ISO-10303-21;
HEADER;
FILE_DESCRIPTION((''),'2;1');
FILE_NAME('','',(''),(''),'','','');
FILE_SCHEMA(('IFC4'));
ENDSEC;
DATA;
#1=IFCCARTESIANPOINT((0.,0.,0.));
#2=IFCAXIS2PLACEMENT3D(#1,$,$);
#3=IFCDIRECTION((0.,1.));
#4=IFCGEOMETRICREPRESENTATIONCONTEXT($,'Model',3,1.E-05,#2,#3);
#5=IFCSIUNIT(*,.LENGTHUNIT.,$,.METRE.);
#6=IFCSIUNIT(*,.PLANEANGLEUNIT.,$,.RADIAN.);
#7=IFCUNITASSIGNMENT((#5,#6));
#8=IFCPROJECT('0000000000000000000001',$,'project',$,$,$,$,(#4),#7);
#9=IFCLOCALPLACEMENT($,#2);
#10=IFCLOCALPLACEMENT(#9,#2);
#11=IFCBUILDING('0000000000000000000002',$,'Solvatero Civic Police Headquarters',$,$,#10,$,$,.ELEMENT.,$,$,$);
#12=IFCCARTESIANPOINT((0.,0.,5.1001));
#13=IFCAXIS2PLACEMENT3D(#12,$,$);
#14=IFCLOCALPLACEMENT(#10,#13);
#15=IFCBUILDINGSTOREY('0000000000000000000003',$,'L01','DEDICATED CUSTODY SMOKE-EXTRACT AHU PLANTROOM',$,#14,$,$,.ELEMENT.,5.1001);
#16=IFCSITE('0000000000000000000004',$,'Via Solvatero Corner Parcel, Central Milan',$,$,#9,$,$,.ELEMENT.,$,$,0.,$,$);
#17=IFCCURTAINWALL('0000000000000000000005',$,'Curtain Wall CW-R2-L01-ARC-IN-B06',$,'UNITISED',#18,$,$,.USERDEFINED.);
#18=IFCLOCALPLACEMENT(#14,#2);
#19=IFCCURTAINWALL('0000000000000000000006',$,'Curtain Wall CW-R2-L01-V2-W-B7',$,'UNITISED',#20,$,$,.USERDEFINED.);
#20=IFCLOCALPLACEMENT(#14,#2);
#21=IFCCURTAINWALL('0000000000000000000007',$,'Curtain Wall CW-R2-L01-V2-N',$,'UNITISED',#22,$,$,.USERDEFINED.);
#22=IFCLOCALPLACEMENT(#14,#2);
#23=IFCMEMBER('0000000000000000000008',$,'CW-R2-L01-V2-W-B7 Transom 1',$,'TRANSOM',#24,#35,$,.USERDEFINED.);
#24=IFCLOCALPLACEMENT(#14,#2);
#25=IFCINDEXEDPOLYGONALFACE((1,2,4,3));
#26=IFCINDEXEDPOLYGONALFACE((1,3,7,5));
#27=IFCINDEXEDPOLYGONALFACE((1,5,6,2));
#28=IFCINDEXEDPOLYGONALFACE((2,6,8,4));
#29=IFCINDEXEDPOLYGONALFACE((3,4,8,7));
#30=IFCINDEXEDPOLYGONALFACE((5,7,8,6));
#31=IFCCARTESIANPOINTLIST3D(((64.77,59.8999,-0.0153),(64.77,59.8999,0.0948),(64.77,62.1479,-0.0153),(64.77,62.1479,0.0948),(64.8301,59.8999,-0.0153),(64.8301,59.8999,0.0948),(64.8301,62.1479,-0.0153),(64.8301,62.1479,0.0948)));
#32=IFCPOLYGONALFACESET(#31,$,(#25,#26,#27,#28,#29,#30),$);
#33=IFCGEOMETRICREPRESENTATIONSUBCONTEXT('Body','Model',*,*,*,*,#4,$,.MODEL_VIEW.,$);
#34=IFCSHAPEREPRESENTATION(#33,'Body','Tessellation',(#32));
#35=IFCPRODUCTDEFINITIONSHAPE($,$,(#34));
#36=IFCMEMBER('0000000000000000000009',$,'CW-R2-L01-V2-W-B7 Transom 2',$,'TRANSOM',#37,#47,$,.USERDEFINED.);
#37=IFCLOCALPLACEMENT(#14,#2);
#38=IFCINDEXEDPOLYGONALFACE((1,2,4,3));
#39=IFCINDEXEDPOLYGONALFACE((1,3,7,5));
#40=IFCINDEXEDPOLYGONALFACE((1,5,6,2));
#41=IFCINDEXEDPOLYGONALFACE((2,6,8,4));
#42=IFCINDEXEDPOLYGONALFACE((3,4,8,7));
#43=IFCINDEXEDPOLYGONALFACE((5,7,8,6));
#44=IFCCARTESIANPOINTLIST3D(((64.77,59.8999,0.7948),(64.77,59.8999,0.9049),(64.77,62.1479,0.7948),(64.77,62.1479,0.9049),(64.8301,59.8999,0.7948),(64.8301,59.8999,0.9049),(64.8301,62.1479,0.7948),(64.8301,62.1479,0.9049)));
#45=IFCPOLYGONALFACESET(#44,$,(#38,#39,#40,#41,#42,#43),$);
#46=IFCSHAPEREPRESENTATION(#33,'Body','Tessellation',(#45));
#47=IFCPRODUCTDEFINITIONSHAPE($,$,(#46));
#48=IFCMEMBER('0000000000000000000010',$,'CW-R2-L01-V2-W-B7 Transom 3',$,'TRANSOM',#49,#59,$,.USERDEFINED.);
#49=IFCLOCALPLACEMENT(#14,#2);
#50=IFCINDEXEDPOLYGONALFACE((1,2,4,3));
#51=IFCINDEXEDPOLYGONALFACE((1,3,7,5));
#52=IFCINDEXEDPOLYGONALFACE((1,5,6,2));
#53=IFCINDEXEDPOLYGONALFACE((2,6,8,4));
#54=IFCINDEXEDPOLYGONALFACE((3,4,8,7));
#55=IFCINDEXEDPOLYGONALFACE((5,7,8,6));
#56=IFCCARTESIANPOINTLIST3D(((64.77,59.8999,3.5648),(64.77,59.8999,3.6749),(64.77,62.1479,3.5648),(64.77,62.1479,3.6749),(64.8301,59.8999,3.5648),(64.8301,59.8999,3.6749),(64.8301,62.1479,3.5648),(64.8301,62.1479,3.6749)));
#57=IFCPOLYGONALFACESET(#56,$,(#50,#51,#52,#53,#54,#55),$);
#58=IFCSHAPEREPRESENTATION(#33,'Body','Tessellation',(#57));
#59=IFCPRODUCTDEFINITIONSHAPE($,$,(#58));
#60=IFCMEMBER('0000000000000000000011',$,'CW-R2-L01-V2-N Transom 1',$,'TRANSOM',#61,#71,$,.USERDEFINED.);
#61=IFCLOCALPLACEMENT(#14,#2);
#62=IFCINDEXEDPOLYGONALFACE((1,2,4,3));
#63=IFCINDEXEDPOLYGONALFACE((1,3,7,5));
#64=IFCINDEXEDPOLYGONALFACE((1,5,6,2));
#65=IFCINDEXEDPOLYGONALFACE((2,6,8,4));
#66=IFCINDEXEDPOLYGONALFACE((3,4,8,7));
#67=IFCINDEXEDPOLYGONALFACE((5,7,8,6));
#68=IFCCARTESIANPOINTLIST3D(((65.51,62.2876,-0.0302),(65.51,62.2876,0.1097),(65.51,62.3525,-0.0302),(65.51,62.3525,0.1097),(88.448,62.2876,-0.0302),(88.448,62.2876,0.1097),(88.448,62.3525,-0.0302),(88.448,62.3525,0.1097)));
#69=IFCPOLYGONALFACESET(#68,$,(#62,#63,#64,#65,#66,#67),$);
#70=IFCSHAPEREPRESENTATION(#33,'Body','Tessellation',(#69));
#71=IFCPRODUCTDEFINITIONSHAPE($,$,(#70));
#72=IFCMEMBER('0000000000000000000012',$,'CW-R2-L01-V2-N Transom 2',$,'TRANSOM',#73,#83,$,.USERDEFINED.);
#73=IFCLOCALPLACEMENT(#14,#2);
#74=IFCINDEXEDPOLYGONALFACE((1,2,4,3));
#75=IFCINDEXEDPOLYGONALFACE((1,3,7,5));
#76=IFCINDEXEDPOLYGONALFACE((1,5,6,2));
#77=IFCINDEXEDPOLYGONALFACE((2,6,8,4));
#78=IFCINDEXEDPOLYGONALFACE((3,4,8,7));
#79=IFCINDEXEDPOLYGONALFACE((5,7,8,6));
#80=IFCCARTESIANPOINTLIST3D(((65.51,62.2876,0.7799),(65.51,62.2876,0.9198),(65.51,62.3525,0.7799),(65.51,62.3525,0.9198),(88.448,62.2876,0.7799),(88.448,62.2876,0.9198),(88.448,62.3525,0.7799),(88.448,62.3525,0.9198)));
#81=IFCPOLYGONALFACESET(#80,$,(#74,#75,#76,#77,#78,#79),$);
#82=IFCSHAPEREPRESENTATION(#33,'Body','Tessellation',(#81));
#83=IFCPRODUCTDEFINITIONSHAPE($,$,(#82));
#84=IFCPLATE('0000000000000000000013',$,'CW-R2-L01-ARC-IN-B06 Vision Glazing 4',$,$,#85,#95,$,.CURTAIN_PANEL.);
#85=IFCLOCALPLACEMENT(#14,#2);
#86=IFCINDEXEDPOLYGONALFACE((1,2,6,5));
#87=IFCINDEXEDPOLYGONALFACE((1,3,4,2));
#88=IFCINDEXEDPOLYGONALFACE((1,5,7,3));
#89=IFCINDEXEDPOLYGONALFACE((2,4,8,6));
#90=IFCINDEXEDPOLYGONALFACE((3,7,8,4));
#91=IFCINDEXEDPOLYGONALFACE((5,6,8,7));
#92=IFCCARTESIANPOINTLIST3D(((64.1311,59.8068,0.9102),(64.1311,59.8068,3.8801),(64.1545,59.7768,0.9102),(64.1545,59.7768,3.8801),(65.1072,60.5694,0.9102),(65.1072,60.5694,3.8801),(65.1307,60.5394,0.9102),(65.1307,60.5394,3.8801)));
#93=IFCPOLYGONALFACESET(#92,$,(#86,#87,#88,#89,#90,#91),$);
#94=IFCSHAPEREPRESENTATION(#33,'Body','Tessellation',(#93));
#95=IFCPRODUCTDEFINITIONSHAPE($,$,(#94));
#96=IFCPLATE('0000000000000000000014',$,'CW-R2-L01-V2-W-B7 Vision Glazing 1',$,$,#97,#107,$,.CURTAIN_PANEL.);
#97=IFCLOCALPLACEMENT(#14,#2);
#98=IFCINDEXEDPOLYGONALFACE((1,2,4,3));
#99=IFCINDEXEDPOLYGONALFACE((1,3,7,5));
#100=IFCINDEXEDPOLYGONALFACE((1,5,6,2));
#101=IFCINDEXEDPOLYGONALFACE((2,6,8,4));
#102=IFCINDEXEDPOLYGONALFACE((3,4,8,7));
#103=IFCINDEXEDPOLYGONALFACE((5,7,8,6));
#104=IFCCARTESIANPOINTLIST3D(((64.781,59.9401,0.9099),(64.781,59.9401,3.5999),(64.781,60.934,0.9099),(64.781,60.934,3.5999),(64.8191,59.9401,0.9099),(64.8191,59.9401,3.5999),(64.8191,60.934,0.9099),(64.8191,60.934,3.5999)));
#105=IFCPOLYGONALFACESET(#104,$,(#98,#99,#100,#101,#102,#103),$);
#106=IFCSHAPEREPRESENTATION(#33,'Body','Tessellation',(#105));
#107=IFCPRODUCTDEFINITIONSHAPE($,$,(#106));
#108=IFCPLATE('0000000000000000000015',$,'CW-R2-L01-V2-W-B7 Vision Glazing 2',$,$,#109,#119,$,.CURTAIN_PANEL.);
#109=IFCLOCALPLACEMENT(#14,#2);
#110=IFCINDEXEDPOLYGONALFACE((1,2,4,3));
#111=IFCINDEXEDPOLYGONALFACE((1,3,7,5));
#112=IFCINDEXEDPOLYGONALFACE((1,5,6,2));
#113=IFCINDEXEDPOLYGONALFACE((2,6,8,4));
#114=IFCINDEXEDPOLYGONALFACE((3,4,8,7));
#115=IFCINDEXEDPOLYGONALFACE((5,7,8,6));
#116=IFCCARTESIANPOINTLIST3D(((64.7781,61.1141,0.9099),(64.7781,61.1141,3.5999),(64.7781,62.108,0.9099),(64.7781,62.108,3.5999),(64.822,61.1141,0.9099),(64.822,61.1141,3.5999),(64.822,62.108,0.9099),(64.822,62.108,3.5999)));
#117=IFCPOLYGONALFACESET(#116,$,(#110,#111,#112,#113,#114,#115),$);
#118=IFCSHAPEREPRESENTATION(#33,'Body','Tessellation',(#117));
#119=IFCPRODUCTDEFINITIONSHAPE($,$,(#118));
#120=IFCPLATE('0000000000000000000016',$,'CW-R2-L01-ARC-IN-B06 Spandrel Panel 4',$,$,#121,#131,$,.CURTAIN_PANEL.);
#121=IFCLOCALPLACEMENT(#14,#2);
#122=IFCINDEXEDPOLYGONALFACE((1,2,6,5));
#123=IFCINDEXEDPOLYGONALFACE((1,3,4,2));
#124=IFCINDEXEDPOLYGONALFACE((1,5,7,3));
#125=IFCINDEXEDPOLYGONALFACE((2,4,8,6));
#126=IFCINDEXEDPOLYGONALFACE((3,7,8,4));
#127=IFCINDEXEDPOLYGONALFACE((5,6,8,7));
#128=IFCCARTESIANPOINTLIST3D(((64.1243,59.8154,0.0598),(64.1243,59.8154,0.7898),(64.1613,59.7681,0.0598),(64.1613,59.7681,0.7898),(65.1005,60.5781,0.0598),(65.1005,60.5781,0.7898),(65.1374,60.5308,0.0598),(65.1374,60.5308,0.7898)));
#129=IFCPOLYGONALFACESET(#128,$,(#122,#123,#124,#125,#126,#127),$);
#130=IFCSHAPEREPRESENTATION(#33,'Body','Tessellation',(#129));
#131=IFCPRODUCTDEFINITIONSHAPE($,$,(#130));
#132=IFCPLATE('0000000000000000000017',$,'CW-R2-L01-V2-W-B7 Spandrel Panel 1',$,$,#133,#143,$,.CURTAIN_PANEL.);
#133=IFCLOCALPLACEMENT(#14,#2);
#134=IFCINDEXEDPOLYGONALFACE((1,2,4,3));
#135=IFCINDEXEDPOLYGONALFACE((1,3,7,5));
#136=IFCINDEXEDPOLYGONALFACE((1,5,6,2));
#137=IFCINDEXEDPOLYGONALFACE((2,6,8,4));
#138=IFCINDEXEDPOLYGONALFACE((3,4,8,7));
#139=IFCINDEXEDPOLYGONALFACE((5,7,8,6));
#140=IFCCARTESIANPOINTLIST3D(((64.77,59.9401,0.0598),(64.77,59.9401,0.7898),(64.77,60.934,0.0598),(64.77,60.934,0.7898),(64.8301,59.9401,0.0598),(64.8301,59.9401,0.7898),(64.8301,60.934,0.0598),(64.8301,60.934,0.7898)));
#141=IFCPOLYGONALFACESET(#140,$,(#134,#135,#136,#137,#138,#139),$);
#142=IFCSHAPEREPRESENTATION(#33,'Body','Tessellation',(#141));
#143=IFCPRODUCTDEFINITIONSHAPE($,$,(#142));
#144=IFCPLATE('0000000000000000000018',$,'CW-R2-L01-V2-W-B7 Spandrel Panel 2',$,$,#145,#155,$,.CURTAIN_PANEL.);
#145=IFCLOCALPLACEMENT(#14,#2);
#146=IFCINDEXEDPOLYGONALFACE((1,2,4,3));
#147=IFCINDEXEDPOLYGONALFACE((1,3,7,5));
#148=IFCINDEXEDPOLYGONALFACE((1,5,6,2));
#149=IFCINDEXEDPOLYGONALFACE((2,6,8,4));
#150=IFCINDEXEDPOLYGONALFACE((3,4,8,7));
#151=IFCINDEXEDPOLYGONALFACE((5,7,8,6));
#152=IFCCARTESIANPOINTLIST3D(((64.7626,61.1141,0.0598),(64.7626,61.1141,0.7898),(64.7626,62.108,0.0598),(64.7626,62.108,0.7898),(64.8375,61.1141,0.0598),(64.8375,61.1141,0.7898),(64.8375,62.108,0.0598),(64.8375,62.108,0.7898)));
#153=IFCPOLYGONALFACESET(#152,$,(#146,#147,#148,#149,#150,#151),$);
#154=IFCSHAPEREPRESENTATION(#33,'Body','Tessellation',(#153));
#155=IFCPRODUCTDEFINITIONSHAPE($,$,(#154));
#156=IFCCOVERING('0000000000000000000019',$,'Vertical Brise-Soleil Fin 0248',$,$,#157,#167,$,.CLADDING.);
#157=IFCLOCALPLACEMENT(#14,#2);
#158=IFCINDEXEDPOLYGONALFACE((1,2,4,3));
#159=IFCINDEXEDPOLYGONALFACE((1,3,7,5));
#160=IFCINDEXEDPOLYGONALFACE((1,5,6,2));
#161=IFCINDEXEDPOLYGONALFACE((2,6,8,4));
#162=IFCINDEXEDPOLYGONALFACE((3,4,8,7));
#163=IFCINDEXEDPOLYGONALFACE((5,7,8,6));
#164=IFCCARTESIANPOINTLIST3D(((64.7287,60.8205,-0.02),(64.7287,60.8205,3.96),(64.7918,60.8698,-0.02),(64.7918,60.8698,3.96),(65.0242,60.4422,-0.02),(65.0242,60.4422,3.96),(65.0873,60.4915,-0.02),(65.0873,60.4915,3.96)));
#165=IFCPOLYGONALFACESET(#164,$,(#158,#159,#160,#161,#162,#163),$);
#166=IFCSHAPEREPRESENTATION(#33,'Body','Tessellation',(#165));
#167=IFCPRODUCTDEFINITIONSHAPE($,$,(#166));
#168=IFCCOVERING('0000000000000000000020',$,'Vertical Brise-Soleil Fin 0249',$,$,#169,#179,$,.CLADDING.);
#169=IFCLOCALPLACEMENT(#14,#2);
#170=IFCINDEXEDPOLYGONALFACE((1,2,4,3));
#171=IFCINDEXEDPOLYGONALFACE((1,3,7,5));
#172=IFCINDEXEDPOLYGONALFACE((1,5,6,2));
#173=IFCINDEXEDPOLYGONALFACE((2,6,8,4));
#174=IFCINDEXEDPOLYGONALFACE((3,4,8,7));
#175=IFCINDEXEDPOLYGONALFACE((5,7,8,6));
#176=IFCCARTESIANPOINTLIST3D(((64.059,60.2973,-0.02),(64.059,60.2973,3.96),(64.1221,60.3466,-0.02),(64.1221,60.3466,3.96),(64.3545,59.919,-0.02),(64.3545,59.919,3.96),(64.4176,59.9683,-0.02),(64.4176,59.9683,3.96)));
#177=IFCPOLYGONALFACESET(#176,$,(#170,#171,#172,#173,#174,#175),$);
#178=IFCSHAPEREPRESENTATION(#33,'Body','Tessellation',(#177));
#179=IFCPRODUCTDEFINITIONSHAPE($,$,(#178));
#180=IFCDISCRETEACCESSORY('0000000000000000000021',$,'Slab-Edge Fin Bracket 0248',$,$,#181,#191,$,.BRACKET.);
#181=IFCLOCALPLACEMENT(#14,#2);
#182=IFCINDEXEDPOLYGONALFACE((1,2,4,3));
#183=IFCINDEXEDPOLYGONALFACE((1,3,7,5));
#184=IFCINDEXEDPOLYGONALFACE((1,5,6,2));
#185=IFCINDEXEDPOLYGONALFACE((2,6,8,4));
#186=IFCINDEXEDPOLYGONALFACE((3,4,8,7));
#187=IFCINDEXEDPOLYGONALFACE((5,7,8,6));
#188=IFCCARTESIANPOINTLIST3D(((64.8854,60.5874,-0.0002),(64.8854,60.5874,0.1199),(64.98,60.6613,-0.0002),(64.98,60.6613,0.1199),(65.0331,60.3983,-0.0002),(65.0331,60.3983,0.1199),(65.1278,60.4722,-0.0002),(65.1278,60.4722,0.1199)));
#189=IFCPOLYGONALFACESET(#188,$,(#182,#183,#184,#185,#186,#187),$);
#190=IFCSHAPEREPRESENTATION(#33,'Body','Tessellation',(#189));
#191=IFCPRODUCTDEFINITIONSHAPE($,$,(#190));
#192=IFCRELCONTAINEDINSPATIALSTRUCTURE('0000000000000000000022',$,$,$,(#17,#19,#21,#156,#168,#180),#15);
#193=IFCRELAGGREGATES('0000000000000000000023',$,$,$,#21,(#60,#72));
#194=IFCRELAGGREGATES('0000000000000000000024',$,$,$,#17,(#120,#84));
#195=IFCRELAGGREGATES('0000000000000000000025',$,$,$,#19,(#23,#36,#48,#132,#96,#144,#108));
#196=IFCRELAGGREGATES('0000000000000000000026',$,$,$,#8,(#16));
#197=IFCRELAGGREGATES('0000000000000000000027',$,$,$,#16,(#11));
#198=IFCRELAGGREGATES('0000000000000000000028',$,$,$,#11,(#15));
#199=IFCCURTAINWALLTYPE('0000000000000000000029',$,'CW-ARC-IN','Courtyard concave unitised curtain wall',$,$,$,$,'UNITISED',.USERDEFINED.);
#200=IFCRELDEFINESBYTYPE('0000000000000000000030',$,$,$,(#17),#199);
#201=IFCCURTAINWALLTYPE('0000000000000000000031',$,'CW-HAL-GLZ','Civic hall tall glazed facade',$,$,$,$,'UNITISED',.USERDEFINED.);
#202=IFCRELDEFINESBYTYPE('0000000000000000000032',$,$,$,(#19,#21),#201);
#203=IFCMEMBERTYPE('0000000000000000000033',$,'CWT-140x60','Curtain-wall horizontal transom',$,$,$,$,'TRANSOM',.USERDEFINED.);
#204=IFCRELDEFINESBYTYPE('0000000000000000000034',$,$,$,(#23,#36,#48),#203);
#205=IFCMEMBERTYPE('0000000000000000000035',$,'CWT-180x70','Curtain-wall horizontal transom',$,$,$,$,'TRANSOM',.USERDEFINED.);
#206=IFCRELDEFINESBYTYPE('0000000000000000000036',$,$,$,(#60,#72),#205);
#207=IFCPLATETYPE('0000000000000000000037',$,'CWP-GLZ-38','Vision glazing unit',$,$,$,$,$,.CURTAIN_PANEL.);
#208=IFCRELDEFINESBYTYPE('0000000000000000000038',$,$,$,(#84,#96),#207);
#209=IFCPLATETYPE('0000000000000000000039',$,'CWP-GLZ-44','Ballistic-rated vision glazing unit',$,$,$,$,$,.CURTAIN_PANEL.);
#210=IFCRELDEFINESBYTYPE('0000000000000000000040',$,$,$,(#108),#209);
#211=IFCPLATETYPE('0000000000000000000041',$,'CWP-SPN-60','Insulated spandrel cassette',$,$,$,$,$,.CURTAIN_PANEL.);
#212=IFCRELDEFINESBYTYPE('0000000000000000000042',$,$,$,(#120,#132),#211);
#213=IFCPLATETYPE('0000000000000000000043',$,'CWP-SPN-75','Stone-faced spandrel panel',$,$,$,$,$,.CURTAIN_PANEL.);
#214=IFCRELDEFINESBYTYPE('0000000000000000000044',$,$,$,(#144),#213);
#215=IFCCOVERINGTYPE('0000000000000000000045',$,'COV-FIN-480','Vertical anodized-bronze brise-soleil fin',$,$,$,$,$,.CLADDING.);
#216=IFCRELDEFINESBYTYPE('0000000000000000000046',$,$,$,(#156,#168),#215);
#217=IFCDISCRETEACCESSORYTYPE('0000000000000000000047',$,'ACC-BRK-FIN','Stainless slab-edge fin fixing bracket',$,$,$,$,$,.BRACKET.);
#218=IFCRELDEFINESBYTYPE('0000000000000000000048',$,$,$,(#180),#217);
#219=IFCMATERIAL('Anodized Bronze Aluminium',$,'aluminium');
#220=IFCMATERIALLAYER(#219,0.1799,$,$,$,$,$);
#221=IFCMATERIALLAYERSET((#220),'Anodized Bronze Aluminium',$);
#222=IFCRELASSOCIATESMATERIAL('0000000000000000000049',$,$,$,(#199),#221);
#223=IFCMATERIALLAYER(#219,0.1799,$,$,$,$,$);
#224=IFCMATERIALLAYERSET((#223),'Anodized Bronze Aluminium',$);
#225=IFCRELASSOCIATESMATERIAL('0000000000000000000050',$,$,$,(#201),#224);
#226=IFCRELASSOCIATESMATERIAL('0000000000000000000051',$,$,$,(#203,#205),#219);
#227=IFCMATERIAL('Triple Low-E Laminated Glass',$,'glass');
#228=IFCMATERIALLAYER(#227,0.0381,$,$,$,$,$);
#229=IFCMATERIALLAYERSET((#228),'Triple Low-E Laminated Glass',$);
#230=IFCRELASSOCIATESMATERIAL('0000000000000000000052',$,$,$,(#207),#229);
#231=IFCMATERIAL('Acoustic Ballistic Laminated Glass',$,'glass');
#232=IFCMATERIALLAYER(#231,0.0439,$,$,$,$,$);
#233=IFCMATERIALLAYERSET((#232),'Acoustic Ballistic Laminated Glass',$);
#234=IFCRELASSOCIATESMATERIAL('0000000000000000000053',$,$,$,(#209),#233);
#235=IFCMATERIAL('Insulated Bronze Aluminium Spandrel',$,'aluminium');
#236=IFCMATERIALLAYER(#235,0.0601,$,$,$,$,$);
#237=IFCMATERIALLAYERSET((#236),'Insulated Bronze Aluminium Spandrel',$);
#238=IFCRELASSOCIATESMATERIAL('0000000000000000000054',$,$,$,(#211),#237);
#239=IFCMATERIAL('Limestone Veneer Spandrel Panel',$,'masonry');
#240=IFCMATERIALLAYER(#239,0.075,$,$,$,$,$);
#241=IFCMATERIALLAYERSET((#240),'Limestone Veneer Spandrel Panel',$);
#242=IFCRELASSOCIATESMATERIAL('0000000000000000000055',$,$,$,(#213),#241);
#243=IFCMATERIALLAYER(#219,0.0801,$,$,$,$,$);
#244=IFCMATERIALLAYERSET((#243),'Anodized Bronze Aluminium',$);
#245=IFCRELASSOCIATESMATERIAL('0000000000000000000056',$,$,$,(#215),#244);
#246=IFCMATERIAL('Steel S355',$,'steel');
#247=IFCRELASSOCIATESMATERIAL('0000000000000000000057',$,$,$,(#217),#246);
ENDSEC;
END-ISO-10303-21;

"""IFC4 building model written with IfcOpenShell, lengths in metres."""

from ifc_helpers import new_model, si_unit, direction, frame, origin, origin_2d, place, context, subcontext, project, spatial, rectangle, extrude, material, layer, layer_set, material_profile, profile_set, type_object, element, aggregate, save


model = new_model("IFC4")

# Units and contexts
model_context = context("Model", 3, precision=1e-05, world=origin(), true_north=direction((0.0, 1.0)))
body_context = subcontext(model_context, "Body", "Model", "MODEL_VIEW")
ifc_project = project(units=[si_unit("LENGTHUNIT", "METRE"), si_unit("PLANEANGLEUNIT", "RADIAN")], contexts=[model_context])

# Site, building, storey
site_placement = place(None, origin())
site = spatial("IfcSite", under=ifc_project, at=site_placement, Name="Via Solvatero Corner Parcel, Central Milan", CompositionType="ELEMENT", RefElevation=0.0)
building_placement = place(site_placement, origin())
building = spatial("IfcBuilding", under=site, at=building_placement, Name="Solvatero Civic Police Headquarters", CompositionType="ELEMENT")
storey_placement = place(building_placement, frame((0.0, 0.0, 5.1001)))
storey = spatial("IfcBuildingStorey", under=building, at=storey_placement, Name="L01", Description="DEDICATED CUSTODY SMOKE-EXTRACT AHU PLANTROOM", CompositionType="ELEMENT", Elevation=5.1001)

# Shared definitions
ifc_material_1 = material(Name="Steel S355", Category="steel")

# Curtain walls
ifc_material_2 = material(Name="Anodized Bronze Aluminium", Category="aluminium")
ifc_layer_1 = layer(ifc_material_2, 0.1799)
ifc_layer_set_1 = layer_set([ifc_layer_1], Name="Anodized Bronze Aluminium")
curtain_wall_type_1 = type_object("IfcCurtainWallType", Name="CW-ARC-IN", Description="Courtyard concave unitised curtain wall", ElementType="UNITISED", PredefinedType="USERDEFINED", material=ifc_layer_set_1)
curtain_wall_1_placement = place(storey_placement, origin())
curtain_wall_1 = element("IfcCurtainWall", 1, at=curtain_wall_1_placement, inside=storey, type_object=curtain_wall_type_1, Name="Curtain Wall CW-R2-L01-ARC-IN-B06", ObjectType="UNITISED", PredefinedType="USERDEFINED")
ifc_layer_2 = layer(ifc_material_2, 0.1799)
ifc_layer_set_2 = layer_set([ifc_layer_2], Name="Anodized Bronze Aluminium")
curtain_wall_type_2 = type_object("IfcCurtainWallType", Name="CW-HAL-GLZ", Description="Civic hall tall glazed facade", ElementType="UNITISED", PredefinedType="USERDEFINED", material=ifc_layer_set_2)
curtain_wall_2_placement = place(storey_placement, origin())
curtain_wall_2 = element("IfcCurtainWall", 2, at=curtain_wall_2_placement, inside=storey, type_object=curtain_wall_type_2, Name="Curtain Wall CW-R2-L01-V2-W-B7", ObjectType="UNITISED", PredefinedType="USERDEFINED")

# Curtain wall
curtain_wall_3_placement = place(storey_placement, origin())
curtain_wall_3 = element("IfcCurtainWall", 3, at=curtain_wall_3_placement, inside=storey, type_object=curtain_wall_type_2, Name="Curtain Wall CW-R2-L01-V2-N", ObjectType="UNITISED", PredefinedType="USERDEFINED")

# Members
ifc_material_profile_1 = material_profile(ifc_material_2, rectangle(XDim=0.0601, YDim=0.1101, at=origin_2d()), Name="ALU TRANSOM 60x110")
ifc_profile_set_1 = profile_set([ifc_material_profile_1], Name="Anodized Bronze Aluminium")
member_type_1 = type_object("IfcMemberType", Name="CWT-140x60", Description="Curtain-wall horizontal transom", ElementType="TRANSOM", PredefinedType="USERDEFINED", material=ifc_profile_set_1)
member_1_placement = place(storey_placement, frame((64.8, 59.8999, 0.0398), z_axis=(0.0, 1.0, 0.0), x_axis=(-1.0, 0.0, 0.0)))
member_1 = element("IfcMember", 4, at=member_1_placement, type_object=member_type_1, Name="CW-R2-L01-V2-W-B7 Transom 1", ObjectType="TRANSOM", PredefinedType="USERDEFINED", context=body_context, shape_type="SweptSolid", body=[
    extrude(rectangle(XDim=0.0601, YDim=0.1101, at=origin_2d()), origin(), (0.0, 0.0, 1.0), 2.248),
])
member_2_placement = place(storey_placement, frame((64.8, 59.8999, 0.8499), z_axis=(0.0, 1.0, 0.0), x_axis=(-1.0, 0.0, 0.0)))
member_2 = element("IfcMember", 5, at=member_2_placement, type_object=member_type_1, Name="CW-R2-L01-V2-W-B7 Transom 2", ObjectType="TRANSOM", PredefinedType="USERDEFINED", context=body_context, shape_type="SweptSolid", body=[
    extrude(rectangle(XDim=0.0601, YDim=0.1101, at=origin_2d()), origin(), (0.0, 0.0, 1.0), 2.248),
])
member_3_placement = place(storey_placement, frame((64.8, 59.8999, 3.6199), z_axis=(0.0, 1.0, 0.0), x_axis=(-1.0, 0.0, 0.0)))
member_3 = element("IfcMember", 6, at=member_3_placement, type_object=member_type_1, Name="CW-R2-L01-V2-W-B7 Transom 3", ObjectType="TRANSOM", PredefinedType="USERDEFINED", context=body_context, shape_type="SweptSolid", body=[
    extrude(rectangle(XDim=0.0601, YDim=0.1101, at=origin_2d()), origin(), (0.0, 0.0, 1.0), 2.248),
])
ifc_material_profile_2 = material_profile(ifc_material_2, rectangle(XDim=0.0649, YDim=0.1399, at=origin_2d()), Name="ALU TRANSOM 65x140")
ifc_profile_set_2 = profile_set([ifc_material_profile_2], Name="Anodized Bronze Aluminium")
member_type_2 = type_object("IfcMemberType", Name="CWT-180x70", Description="Curtain-wall horizontal transom", ElementType="TRANSOM", PredefinedType="USERDEFINED", material=ifc_profile_set_2)
member_4_placement = place(storey_placement, frame((65.51, 62.3201, 0.0398), z_axis=(1.0, 0.0, 0.0), x_axis=(0.0, 1.0, 0.0)))
member_4 = element("IfcMember", 7, at=member_4_placement, type_object=member_type_2, Name="CW-R2-L01-V2-N Transom 1", ObjectType="TRANSOM", PredefinedType="USERDEFINED", context=body_context, shape_type="SweptSolid", body=[
    extrude(rectangle(XDim=0.0649, YDim=0.1399, at=origin_2d()), origin(), (0.0, 0.0, 1.0), 22.938),
])
member_5_placement = place(storey_placement, frame((65.51, 62.3201, 0.8499), z_axis=(1.0, 0.0, 0.0), x_axis=(0.0, 1.0, 0.0)))
member_5 = element("IfcMember", 8, at=member_5_placement, type_object=member_type_2, Name="CW-R2-L01-V2-N Transom 2", ObjectType="TRANSOM", PredefinedType="USERDEFINED", context=body_context, shape_type="SweptSolid", body=[
    extrude(rectangle(XDim=0.0649, YDim=0.1399, at=origin_2d()), origin(), (0.0, 0.0, 1.0), 22.938),
])
aggregate(curtain_wall_3, [member_4, member_5])

# Plates
ifc_material_3 = material(Name="Triple Low-E Laminated Glass", Category="glass")
ifc_layer_3 = layer(ifc_material_3, 0.0381)
ifc_layer_set_3 = layer_set([ifc_layer_3], Name="Triple Low-E Laminated Glass")
plate_type_1 = type_object("IfcPlateType", Name="CWP-GLZ-38", Description="Vision glazing unit", PredefinedType="CURTAIN_PANEL", material=ifc_layer_set_3)
plate_1_placement = place(storey_placement, frame((64.6309, 60.1731, 0.9102), z_axis=(0.0, 0.0, 1.0), x_axis=(-0.788011, -0.615661, 0.0)))
plate_1 = element("IfcPlate", 9, at=plate_1_placement, type_object=plate_type_1, Name="CW-R2-L01-ARC-IN-B06 Vision Glazing 4", PredefinedType="CURTAIN_PANEL", context=body_context, shape_type="SweptSolid", body=[
    extrude(rectangle(XDim=1.2388, YDim=0.0381, at=origin_2d()), origin(), (0.0, 0.0, 1.0), 2.97),
])
plate_2_placement = place(storey_placement, frame((64.8, 60.437, 0.9099), z_axis=(0.0, 0.0, 1.0), x_axis=(0.0, 1.0, 0.0)))
plate_2 = element("IfcPlate", 10, at=plate_2_placement, type_object=plate_type_1, Name="CW-R2-L01-V2-W-B7 Vision Glazing 1", PredefinedType="CURTAIN_PANEL", context=body_context, shape_type="SweptSolid", body=[
    extrude(rectangle(XDim=0.9939, YDim=0.0381, at=origin_2d()), origin(), (0.0, 0.0, 1.0), 2.6899),
])
ifc_material_4 = material(Name="Acoustic Ballistic Laminated Glass", Category="glass")
ifc_layer_4 = layer(ifc_material_4, 0.0439)
ifc_layer_set_4 = layer_set([ifc_layer_4], Name="Acoustic Ballistic Laminated Glass")
plate_type_2 = type_object("IfcPlateType", Name="CWP-GLZ-44", Description="Ballistic-rated vision glazing unit", PredefinedType="CURTAIN_PANEL", material=ifc_layer_set_4)
plate_3_placement = place(storey_placement, frame((64.8, 61.6111, 0.9099), z_axis=(0.0, 0.0, 1.0), x_axis=(0.0, 1.0, 0.0)))
plate_3 = element("IfcPlate", 11, at=plate_3_placement, type_object=plate_type_2, Name="CW-R2-L01-V2-W-B7 Vision Glazing 2", PredefinedType="CURTAIN_PANEL", context=body_context, shape_type="SweptSolid", body=[
    extrude(rectangle(XDim=0.9939, YDim=0.0439, at=origin_2d()), origin(), (0.0, 0.0, 1.0), 2.6899),
])
ifc_material_5 = material(Name="Insulated Bronze Aluminium Spandrel", Category="aluminium")
ifc_layer_5 = layer(ifc_material_5, 0.0601)
ifc_layer_set_5 = layer_set([ifc_layer_5], Name="Insulated Bronze Aluminium Spandrel")
plate_type_3 = type_object("IfcPlateType", Name="CWP-SPN-60", Description="Insulated spandrel cassette", PredefinedType="CURTAIN_PANEL", material=ifc_layer_set_5)
plate_4_placement = place(storey_placement, frame((64.6309, 60.1731, 0.0598), z_axis=(0.0, 0.0, 1.0), x_axis=(-0.788011, -0.615661, 0.0)))
plate_4 = element("IfcPlate", 12, at=plate_4_placement, type_object=plate_type_3, Name="CW-R2-L01-ARC-IN-B06 Spandrel Panel 4", PredefinedType="CURTAIN_PANEL", context=body_context, shape_type="SweptSolid", body=[
    extrude(rectangle(XDim=1.2388, YDim=0.0601, at=origin_2d()), origin(), (0.0, 0.0, 1.0), 0.73),
])
aggregate(curtain_wall_1, [plate_4, plate_1])
plate_5_placement = place(storey_placement, frame((64.8, 60.437, 0.0598), z_axis=(0.0, 0.0, 1.0), x_axis=(0.0, 1.0, 0.0)))
plate_5 = element("IfcPlate", 13, at=plate_5_placement, type_object=plate_type_3, Name="CW-R2-L01-V2-W-B7 Spandrel Panel 1", PredefinedType="CURTAIN_PANEL", context=body_context, shape_type="SweptSolid", body=[
    extrude(rectangle(XDim=0.9939, YDim=0.0601, at=origin_2d()), origin(), (0.0, 0.0, 1.0), 0.73),
])
ifc_material_6 = material(Name="Limestone Veneer Spandrel Panel", Category="masonry")
ifc_layer_6 = layer(ifc_material_6, 0.075)
ifc_layer_set_6 = layer_set([ifc_layer_6], Name="Limestone Veneer Spandrel Panel")
plate_type_4 = type_object("IfcPlateType", Name="CWP-SPN-75", Description="Stone-faced spandrel panel", PredefinedType="CURTAIN_PANEL", material=ifc_layer_set_6)
plate_6_placement = place(storey_placement, frame((64.8, 61.6111, 0.0598), z_axis=(0.0, 0.0, 1.0), x_axis=(0.0, 1.0, 0.0)))
plate_6 = element("IfcPlate", 14, at=plate_6_placement, type_object=plate_type_4, Name="CW-R2-L01-V2-W-B7 Spandrel Panel 2", PredefinedType="CURTAIN_PANEL", context=body_context, shape_type="SweptSolid", body=[
    extrude(rectangle(XDim=0.9939, YDim=0.075, at=origin_2d()), origin(), (0.0, 0.0, 1.0), 0.73),
])
aggregate(curtain_wall_2, [member_1, member_2, member_3, plate_5, plate_2, plate_6, plate_3])

# Coverings
ifc_layer_7 = layer(ifc_material_2, 0.0801)
ifc_layer_set_7 = layer_set([ifc_layer_7], Name="Anodized Bronze Aluminium")
covering_type = type_object("IfcCoveringType", Name="COV-FIN-480", Description="Vertical anodized-bronze brise-soleil fin", PredefinedType="CLADDING", material=ifc_layer_set_7)
for number, where, z_axis, x_axis, name in (
    (15, (64.908, 60.656, -0.02), (0.0, 0.0, 1.0), (-0.788011, -0.615661, 0.0), "Vertical Brise-Soleil Fin 0248"),
    (16, (64.2383, 60.1328, -0.02), (0.0, 0.0, 1.0), (-0.788011, -0.615661, 0.0), "Vertical Brise-Soleil Fin 0249"),
):
    element("IfcCovering", number, at=place(storey_placement, frame(where, z_axis=z_axis, x_axis=x_axis)), inside=storey, type_object=covering_type, Name=name, PredefinedType="CLADDING", context=body_context, shape_type="SweptSolid", body=[
        extrude(rectangle(XDim=0.0801, YDim=0.48, at=origin_2d()), origin(), (0.0, 0.0, 1.0), 3.98),
    ])

# Discrete accessory
discrete_accessory_type = type_object("IfcDiscreteAccessoryType", Name="ACC-BRK-FIN", Description="Stainless slab-edge fin fixing bracket", PredefinedType="BRACKET", material=ifc_material_1)
for number, where, z_axis, x_axis, name in (
    (17, (65.0066, 60.5298, -0.0002), (0.0, 0.0, 1.0), (-0.788011, -0.615661, 0.0), "Slab-Edge Fin Bracket 0248"),
):
    element("IfcDiscreteAccessory", number, at=place(storey_placement, frame(where, z_axis=z_axis, x_axis=x_axis)), inside=storey, type_object=discrete_accessory_type, Name=name, PredefinedType="BRACKET", context=body_context, shape_type="SweptSolid", body=[
        extrude(rectangle(XDim=0.1201, YDim=0.24, at=origin_2d()), origin(), (0.0, 0.0, 1.0), 0.1201),
    ])

save(model, "model.ifc")
